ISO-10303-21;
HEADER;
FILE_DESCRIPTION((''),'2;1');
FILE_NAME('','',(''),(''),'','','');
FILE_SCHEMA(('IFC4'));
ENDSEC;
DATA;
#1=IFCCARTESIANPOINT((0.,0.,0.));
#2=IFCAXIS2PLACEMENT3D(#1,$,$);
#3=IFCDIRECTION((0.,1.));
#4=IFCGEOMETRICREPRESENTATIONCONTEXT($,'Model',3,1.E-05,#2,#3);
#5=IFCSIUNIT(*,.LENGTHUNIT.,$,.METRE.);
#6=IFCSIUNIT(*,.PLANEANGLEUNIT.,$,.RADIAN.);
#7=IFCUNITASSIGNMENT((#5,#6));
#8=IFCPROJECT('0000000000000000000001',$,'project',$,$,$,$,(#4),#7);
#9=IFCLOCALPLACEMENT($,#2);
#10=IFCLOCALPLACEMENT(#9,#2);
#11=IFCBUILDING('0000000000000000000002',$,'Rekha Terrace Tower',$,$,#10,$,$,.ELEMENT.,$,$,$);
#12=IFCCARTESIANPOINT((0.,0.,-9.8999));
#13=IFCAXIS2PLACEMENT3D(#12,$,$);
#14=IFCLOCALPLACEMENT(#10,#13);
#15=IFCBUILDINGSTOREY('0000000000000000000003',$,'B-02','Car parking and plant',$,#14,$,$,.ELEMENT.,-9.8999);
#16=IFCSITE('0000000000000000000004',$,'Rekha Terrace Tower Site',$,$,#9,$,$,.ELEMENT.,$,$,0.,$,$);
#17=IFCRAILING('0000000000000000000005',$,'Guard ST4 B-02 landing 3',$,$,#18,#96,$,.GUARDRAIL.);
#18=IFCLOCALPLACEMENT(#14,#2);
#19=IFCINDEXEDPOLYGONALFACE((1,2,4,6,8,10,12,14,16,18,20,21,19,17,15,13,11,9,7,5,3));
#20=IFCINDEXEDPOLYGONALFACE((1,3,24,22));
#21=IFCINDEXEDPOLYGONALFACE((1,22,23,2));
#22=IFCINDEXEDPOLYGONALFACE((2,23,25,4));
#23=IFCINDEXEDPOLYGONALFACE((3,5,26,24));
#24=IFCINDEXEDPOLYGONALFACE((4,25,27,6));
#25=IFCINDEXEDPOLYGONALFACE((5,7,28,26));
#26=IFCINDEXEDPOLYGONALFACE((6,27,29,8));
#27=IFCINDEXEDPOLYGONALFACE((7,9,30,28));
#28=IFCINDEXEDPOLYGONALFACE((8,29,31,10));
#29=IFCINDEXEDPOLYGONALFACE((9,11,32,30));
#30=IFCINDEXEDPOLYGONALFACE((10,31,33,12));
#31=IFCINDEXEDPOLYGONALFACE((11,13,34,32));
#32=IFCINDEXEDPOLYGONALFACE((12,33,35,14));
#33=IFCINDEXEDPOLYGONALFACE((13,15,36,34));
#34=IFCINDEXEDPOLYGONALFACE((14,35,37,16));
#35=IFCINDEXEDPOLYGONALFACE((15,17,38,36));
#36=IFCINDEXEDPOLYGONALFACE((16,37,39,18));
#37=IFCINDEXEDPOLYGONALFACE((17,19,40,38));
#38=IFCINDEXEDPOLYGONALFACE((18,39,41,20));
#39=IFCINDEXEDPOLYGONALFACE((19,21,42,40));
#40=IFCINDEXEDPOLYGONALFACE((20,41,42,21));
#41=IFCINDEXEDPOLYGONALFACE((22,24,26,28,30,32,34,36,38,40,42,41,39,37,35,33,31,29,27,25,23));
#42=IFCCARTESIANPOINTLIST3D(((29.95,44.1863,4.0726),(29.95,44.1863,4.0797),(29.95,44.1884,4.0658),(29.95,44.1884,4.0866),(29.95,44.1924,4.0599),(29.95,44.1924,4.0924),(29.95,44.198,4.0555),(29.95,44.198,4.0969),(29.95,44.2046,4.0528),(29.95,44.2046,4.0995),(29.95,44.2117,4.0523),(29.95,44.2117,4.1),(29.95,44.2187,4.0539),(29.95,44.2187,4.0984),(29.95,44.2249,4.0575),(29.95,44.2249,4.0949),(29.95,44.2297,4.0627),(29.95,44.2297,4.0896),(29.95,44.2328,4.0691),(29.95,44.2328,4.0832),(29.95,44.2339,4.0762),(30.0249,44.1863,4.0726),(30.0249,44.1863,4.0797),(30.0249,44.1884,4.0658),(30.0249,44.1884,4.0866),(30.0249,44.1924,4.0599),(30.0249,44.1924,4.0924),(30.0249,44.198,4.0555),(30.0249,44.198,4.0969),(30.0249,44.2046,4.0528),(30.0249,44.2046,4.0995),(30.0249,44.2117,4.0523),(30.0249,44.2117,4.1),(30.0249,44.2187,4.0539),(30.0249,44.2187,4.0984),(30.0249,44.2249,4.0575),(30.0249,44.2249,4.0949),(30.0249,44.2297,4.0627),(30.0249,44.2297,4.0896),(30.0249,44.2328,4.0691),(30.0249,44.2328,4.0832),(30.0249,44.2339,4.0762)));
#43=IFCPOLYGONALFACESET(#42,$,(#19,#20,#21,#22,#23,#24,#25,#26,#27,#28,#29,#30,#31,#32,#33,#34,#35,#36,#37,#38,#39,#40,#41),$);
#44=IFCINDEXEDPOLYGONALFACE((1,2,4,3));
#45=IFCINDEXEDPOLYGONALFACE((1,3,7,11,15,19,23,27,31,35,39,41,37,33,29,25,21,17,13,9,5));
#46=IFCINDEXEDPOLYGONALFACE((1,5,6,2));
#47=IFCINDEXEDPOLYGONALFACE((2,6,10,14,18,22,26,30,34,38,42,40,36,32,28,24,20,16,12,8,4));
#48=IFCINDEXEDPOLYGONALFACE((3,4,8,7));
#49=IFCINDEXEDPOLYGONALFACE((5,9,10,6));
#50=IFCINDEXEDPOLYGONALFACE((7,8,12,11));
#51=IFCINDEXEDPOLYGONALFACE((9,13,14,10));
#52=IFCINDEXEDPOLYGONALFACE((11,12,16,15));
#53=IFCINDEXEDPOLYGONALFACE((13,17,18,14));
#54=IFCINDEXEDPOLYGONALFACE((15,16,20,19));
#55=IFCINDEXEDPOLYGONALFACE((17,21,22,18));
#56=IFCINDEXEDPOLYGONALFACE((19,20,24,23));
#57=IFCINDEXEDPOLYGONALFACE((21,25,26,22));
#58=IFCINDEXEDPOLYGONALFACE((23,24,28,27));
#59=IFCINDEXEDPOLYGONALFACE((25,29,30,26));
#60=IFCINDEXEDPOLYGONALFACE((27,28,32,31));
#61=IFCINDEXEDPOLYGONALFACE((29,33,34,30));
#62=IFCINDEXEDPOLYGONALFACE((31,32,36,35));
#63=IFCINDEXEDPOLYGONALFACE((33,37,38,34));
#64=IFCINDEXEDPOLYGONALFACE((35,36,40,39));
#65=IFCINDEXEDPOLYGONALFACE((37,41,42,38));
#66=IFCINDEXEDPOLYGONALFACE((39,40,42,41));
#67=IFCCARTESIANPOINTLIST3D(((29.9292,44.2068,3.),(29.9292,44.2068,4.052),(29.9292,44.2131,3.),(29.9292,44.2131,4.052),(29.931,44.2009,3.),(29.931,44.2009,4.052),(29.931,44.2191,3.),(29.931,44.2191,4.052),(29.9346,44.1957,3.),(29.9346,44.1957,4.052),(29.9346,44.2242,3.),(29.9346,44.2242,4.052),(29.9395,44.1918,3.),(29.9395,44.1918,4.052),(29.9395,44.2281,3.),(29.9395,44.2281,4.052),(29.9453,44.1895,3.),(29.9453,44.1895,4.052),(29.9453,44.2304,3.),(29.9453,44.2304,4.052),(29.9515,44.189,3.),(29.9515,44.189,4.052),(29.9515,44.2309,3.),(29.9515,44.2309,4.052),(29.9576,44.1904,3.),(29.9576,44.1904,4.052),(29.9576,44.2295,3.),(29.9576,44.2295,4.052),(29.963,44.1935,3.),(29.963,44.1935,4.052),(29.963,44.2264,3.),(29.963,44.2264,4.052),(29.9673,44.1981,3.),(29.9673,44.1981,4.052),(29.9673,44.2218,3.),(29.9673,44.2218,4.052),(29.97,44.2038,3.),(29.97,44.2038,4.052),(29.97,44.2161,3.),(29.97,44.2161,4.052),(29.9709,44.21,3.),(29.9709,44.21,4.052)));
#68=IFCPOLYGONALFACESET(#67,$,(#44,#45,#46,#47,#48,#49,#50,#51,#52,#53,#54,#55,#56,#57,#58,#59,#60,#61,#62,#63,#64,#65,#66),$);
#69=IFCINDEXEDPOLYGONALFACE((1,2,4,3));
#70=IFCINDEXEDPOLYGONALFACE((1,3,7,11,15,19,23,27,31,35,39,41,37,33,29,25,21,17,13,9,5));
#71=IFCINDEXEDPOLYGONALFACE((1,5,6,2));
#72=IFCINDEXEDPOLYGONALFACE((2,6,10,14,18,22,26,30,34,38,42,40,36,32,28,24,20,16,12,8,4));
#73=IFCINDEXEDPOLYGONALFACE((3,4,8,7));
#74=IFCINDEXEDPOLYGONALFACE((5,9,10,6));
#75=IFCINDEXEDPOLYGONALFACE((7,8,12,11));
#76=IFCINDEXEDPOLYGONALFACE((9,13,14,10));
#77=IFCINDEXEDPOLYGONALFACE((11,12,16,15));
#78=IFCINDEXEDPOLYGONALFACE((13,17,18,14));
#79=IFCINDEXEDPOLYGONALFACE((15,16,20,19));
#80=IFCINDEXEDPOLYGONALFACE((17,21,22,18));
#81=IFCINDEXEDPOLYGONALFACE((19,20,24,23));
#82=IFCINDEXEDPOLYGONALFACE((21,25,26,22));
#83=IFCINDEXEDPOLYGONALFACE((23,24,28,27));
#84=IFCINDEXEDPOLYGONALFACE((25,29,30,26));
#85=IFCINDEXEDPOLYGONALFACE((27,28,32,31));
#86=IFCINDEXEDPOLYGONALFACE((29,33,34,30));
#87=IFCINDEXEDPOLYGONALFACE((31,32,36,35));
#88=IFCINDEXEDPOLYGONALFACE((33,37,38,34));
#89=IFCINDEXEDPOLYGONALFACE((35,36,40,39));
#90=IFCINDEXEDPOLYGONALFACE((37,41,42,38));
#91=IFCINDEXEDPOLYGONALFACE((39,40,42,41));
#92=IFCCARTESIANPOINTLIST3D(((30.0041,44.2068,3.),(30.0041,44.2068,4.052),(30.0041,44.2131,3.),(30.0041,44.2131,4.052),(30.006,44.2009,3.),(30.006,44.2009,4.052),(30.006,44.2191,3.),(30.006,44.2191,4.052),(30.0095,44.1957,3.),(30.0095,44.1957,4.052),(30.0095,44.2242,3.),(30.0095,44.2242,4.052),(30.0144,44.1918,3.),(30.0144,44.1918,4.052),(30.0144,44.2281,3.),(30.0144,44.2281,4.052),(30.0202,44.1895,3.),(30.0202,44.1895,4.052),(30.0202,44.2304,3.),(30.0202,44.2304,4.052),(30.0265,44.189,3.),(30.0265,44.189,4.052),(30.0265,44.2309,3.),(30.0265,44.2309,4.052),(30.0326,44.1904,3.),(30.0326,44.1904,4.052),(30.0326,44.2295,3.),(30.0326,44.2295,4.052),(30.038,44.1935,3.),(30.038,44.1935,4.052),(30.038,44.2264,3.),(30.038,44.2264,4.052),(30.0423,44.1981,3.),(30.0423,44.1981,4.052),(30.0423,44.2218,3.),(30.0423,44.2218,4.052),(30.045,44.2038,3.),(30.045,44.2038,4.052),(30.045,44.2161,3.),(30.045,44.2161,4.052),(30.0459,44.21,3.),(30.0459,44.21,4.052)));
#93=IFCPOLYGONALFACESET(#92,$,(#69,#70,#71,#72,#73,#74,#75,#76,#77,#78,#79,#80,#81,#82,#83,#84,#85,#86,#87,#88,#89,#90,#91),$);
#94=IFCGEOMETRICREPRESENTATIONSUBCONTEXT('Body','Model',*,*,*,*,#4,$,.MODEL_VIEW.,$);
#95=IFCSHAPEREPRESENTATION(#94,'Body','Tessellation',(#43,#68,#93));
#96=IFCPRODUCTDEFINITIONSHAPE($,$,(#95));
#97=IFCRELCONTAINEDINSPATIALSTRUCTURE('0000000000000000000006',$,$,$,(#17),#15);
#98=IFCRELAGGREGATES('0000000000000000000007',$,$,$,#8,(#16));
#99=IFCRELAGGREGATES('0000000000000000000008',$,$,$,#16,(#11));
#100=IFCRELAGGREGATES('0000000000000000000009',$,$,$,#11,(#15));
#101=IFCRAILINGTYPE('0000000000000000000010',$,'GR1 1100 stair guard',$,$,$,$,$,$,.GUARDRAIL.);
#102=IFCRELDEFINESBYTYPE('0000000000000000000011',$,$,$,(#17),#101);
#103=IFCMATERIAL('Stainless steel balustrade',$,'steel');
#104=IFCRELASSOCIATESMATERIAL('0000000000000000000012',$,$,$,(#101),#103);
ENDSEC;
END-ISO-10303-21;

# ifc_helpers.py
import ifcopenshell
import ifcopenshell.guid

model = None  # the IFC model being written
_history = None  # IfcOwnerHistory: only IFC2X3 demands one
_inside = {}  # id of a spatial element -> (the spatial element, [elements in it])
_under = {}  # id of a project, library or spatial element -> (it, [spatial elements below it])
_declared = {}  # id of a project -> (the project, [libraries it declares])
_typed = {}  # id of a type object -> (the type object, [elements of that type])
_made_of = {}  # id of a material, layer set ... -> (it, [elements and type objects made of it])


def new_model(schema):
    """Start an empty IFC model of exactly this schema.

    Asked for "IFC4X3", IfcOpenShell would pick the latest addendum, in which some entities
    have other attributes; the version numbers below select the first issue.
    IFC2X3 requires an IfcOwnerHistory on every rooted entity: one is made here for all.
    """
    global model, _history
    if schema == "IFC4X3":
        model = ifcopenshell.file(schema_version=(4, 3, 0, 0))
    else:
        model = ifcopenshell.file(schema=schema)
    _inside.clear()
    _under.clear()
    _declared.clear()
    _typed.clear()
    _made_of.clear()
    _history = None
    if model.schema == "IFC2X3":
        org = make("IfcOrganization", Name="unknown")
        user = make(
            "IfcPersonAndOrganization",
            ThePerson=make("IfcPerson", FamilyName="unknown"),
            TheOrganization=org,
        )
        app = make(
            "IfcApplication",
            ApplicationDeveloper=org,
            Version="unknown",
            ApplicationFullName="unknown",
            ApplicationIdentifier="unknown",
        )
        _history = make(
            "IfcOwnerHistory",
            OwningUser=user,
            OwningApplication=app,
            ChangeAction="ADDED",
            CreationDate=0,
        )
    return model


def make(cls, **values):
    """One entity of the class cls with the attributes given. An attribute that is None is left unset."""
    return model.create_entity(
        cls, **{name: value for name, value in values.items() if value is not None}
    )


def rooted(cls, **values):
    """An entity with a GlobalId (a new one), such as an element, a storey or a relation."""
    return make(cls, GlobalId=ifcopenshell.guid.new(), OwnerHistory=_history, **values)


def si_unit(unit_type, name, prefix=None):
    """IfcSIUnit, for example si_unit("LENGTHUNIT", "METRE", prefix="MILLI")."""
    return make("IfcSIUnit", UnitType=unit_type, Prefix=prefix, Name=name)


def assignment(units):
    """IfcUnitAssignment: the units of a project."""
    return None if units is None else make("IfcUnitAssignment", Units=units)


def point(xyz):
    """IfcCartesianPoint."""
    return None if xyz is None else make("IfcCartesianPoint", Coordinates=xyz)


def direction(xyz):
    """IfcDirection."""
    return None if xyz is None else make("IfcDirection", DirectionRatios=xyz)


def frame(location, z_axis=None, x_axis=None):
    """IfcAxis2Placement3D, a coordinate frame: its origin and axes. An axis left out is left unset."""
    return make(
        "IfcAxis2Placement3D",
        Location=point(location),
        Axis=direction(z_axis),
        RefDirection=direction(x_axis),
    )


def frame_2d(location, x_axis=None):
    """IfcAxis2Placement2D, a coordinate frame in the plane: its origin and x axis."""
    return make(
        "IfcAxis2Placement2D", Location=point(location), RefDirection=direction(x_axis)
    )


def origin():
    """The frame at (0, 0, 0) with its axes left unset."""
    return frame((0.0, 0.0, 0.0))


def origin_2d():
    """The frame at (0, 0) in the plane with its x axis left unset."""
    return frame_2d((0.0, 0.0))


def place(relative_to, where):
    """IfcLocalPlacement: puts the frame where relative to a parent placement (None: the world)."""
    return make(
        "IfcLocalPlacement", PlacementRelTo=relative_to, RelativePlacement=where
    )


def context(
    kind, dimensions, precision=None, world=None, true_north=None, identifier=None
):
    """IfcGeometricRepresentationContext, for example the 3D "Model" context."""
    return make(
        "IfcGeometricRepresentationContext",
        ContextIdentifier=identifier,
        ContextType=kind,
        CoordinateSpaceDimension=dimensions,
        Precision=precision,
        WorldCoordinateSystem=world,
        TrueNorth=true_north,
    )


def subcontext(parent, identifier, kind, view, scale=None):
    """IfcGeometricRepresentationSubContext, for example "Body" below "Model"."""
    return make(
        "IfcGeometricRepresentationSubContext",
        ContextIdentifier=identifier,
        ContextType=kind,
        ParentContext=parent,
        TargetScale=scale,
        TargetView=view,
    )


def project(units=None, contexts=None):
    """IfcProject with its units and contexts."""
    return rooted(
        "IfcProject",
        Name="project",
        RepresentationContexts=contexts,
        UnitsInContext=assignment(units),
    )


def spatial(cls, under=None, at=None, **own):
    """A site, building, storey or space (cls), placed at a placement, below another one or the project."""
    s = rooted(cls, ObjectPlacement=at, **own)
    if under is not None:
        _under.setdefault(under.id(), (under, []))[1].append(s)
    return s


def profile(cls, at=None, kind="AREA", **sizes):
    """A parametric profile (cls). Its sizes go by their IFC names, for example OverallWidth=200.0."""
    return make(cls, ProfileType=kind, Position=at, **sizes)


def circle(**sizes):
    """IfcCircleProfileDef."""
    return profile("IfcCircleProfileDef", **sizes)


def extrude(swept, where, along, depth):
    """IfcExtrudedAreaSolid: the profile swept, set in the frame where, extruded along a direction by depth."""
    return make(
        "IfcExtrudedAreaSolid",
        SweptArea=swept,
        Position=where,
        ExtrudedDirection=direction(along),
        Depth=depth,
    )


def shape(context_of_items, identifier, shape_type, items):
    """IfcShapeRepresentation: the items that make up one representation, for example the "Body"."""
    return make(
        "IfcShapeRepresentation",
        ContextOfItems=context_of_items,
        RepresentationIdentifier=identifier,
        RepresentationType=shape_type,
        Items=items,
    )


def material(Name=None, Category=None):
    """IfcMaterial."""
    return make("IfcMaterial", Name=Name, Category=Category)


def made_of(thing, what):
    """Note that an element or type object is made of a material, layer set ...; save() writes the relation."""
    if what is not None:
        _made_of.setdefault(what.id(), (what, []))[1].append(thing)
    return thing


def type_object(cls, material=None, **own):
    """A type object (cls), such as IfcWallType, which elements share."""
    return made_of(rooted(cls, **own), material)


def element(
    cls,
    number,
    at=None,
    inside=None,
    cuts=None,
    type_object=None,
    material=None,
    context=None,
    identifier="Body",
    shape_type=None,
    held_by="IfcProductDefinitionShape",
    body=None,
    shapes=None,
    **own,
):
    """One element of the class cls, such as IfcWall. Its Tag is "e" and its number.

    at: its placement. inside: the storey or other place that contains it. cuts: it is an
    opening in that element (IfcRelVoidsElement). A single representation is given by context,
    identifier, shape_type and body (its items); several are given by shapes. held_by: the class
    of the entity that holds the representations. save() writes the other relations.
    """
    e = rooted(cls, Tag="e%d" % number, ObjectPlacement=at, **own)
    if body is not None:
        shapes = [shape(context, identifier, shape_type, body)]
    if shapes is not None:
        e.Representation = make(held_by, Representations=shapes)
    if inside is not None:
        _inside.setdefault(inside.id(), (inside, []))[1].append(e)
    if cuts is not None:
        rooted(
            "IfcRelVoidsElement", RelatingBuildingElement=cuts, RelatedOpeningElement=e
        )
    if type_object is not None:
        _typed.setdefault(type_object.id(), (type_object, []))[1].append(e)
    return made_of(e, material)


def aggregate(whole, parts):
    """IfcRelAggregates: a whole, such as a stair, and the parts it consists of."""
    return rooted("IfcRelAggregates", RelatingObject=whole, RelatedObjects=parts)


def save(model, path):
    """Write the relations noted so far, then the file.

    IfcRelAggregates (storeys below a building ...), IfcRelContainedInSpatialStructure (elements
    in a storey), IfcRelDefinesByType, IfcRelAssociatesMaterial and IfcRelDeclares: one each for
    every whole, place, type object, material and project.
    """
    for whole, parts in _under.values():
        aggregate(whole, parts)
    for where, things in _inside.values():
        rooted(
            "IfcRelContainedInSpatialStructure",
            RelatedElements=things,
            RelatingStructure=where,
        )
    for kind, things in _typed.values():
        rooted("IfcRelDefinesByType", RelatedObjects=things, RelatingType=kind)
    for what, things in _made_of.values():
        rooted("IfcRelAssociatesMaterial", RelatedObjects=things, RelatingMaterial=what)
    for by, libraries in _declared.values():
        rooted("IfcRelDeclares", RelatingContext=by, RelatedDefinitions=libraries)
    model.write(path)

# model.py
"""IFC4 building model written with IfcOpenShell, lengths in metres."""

from ifc_helpers import new_model, si_unit, direction, frame, origin, origin_2d, place, context, subcontext, project, spatial, circle, extrude, material, type_object, element, save


model = new_model("IFC4")

# Units and contexts
model_context = context("Model", 3, precision=1e-05, world=origin(), true_north=direction((0.0, 1.0)))
body_context = subcontext(model_context, "Body", "Model", "MODEL_VIEW")
ifc_project = project(units=[si_unit("LENGTHUNIT", "METRE"), si_unit("PLANEANGLEUNIT", "RADIAN")], contexts=[model_context])

# Site, building, storey
site_placement = place(None, origin())
site = spatial("IfcSite", under=ifc_project, at=site_placement, Name="Rekha Terrace Tower Site", CompositionType="ELEMENT", RefElevation=0.0)
building_placement = place(site_placement, origin())
building = spatial("IfcBuilding", under=site, at=building_placement, Name="Rekha Terrace Tower", CompositionType="ELEMENT")
storey_placement = place(building_placement, frame((0.0, 0.0, -9.8999)))
storey = spatial("IfcBuildingStorey", under=building, at=storey_placement, Name="B-02", Description="Car parking and plant", CompositionType="ELEMENT", Elevation=-9.8999)

# Railing
ifc_material_1 = material(Name="Stainless steel balustrade", Category="steel")
railing_type_1 = type_object("IfcRailingType", Name="GR1 1100 stair guard", PredefinedType="GUARDRAIL", material=ifc_material_1)
railing_1_placement = place(storey_placement, frame((29.95, 44.21, 3.0)))
element("IfcRailing", 1, at=railing_1_placement, inside=storey, type_object=railing_type_1, Name="Guard ST4 B-02 landing 3", PredefinedType="GUARDRAIL", context=body_context, shape_type="SweptSolid", body=[
    extrude(circle(Radius=0.0239, at=origin_2d()), frame((0.0, 0.0, 1.0762), z_axis=(1.0, 0.0, 0.0), x_axis=(0.0, 1.0, 0.0)), (0.0, 0.0, 1.0), 0.075),
    extrude(circle(Radius=0.021, at=origin_2d()), origin(), (0.0, 0.0, 1.0), 1.052),
    extrude(circle(Radius=0.021, at=origin_2d()), frame((0.075, 0.0, 0.0)), (0.0, 0.0, 1.0), 1.052),
])

save(model, "model.ifc")
